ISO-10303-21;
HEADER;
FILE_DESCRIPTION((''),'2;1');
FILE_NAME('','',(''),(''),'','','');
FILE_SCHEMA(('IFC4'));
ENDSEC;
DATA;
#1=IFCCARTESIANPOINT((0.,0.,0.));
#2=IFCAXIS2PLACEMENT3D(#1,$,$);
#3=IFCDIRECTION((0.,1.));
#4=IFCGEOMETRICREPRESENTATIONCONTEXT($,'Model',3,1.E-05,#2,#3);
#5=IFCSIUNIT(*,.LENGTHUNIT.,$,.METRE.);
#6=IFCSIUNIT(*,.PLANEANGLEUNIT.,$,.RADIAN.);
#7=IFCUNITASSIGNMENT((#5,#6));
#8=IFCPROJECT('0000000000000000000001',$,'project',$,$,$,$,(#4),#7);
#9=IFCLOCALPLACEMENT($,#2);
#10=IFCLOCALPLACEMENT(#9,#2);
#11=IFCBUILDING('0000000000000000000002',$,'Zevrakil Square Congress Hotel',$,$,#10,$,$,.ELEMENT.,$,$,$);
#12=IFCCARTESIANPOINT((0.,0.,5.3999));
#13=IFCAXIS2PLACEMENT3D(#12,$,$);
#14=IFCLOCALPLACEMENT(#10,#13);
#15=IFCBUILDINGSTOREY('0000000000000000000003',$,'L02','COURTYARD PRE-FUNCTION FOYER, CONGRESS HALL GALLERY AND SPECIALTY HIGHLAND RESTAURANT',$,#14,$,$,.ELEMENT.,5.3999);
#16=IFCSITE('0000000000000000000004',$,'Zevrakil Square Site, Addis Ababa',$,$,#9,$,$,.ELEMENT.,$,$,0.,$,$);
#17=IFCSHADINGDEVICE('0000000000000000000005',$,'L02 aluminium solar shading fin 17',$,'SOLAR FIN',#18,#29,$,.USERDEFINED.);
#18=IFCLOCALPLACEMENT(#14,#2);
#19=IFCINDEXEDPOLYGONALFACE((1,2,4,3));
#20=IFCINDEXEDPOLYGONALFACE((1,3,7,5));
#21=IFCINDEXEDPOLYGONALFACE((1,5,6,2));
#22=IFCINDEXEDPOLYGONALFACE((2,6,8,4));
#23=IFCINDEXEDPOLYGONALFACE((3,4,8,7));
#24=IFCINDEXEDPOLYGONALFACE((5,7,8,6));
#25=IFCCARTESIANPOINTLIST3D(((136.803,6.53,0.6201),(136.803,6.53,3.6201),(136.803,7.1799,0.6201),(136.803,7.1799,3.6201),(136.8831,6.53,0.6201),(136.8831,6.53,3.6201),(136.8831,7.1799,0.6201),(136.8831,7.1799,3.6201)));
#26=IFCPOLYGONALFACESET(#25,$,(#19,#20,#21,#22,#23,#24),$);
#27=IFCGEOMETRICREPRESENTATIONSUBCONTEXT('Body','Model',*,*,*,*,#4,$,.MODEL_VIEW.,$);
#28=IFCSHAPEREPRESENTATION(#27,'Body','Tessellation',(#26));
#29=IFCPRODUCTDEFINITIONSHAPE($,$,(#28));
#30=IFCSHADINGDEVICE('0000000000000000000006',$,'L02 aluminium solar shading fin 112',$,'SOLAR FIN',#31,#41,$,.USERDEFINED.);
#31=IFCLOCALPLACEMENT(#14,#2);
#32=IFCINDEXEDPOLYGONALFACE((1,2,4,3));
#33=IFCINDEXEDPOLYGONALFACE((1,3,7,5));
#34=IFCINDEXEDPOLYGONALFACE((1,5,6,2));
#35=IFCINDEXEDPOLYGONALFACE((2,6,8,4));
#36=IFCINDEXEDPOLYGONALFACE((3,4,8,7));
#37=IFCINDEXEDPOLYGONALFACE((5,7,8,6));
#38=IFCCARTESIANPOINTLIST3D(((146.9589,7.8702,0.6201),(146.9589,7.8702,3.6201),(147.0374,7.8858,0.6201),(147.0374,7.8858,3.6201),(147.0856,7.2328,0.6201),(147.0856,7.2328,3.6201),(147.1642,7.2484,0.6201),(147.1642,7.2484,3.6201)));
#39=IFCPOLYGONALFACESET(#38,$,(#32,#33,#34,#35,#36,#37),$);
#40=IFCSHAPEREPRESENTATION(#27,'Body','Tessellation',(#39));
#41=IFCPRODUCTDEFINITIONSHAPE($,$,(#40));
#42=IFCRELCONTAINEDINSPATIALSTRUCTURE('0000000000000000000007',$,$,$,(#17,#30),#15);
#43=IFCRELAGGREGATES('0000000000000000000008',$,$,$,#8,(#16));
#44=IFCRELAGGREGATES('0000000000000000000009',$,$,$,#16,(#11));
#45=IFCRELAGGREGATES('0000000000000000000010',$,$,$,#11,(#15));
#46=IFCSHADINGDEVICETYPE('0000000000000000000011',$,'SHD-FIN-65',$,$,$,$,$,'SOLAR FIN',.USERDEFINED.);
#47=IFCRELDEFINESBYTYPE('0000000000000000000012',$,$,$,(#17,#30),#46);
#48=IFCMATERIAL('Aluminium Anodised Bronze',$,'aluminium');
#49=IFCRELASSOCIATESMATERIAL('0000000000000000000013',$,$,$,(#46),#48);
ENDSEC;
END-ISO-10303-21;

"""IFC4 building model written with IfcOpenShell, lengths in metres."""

from ifc_helpers import new_model, si_unit, direction, frame, origin, origin_2d, place, context, subcontext, project, spatial, rectangle, extrude, material, type_object, element, save


model = new_model("IFC4")

# Units and contexts
model_context = context("Model", 3, precision=1e-05, world=origin(), true_north=direction((0.0, 1.0)))
body_context = subcontext(model_context, "Body", "Model", "MODEL_VIEW")
ifc_project = project(units=[si_unit("LENGTHUNIT", "METRE"), si_unit("PLANEANGLEUNIT", "RADIAN")], contexts=[model_context])

# Site, building, storey
site_placement = place(None, origin())
site = spatial("IfcSite", under=ifc_project, at=site_placement, Name="Zevrakil Square Site, Addis Ababa", CompositionType="ELEMENT", RefElevation=0.0)
building_placement = place(site_placement, origin())
building = spatial("IfcBuilding", under=site, at=building_placement, Name="Zevrakil Square Congress Hotel", CompositionType="ELEMENT")
storey_placement = place(building_placement, frame((0.0, 0.0, 5.3999)))
storey = spatial("IfcBuildingStorey", under=building, at=storey_placement, Name="L02", Description="COURTYARD PRE-FUNCTION FOYER, CONGRESS HALL GALLERY AND SPECIALTY HIGHLAND RESTAURANT", CompositionType="ELEMENT", Elevation=5.3999)

# Shading devices
ifc_material_1 = material(Name="Aluminium Anodised Bronze", Category="aluminium")
shading_device_type = type_object("IfcShadingDeviceType", Name="SHD-FIN-65", ElementType="SOLAR FIN", PredefinedType="USERDEFINED", material=ifc_material_1)
for number, where, z_axis, x_axis, name in (
    (1, (136.843, 6.855, 0.6201), (0.0, 0.0, 1.0), (0.0, -1.0, 0.0), "L02 aluminium solar shading fin 17"),
    (2, (147.0615, 7.5593, 0.6201), (0.0, 0.0, 1.0), (0.19509, -0.980785, 0.0), "L02 aluminium solar shading fin 112"),
):
    element("IfcShadingDevice", number, at=place(storey_placement, frame(where, z_axis=z_axis, x_axis=x_axis)), inside=storey, type_object=shading_device_type, Name=name, ObjectType="SOLAR FIN", PredefinedType="USERDEFINED", context=body_context, shape_type="SweptSolid", body=[
        extrude(rectangle(XDim=0.6499, YDim=0.0801, at=origin_2d()), origin(), (0.0, 0.0, 1.0), 3.0),
    ])

save(model, "model.ifc")
